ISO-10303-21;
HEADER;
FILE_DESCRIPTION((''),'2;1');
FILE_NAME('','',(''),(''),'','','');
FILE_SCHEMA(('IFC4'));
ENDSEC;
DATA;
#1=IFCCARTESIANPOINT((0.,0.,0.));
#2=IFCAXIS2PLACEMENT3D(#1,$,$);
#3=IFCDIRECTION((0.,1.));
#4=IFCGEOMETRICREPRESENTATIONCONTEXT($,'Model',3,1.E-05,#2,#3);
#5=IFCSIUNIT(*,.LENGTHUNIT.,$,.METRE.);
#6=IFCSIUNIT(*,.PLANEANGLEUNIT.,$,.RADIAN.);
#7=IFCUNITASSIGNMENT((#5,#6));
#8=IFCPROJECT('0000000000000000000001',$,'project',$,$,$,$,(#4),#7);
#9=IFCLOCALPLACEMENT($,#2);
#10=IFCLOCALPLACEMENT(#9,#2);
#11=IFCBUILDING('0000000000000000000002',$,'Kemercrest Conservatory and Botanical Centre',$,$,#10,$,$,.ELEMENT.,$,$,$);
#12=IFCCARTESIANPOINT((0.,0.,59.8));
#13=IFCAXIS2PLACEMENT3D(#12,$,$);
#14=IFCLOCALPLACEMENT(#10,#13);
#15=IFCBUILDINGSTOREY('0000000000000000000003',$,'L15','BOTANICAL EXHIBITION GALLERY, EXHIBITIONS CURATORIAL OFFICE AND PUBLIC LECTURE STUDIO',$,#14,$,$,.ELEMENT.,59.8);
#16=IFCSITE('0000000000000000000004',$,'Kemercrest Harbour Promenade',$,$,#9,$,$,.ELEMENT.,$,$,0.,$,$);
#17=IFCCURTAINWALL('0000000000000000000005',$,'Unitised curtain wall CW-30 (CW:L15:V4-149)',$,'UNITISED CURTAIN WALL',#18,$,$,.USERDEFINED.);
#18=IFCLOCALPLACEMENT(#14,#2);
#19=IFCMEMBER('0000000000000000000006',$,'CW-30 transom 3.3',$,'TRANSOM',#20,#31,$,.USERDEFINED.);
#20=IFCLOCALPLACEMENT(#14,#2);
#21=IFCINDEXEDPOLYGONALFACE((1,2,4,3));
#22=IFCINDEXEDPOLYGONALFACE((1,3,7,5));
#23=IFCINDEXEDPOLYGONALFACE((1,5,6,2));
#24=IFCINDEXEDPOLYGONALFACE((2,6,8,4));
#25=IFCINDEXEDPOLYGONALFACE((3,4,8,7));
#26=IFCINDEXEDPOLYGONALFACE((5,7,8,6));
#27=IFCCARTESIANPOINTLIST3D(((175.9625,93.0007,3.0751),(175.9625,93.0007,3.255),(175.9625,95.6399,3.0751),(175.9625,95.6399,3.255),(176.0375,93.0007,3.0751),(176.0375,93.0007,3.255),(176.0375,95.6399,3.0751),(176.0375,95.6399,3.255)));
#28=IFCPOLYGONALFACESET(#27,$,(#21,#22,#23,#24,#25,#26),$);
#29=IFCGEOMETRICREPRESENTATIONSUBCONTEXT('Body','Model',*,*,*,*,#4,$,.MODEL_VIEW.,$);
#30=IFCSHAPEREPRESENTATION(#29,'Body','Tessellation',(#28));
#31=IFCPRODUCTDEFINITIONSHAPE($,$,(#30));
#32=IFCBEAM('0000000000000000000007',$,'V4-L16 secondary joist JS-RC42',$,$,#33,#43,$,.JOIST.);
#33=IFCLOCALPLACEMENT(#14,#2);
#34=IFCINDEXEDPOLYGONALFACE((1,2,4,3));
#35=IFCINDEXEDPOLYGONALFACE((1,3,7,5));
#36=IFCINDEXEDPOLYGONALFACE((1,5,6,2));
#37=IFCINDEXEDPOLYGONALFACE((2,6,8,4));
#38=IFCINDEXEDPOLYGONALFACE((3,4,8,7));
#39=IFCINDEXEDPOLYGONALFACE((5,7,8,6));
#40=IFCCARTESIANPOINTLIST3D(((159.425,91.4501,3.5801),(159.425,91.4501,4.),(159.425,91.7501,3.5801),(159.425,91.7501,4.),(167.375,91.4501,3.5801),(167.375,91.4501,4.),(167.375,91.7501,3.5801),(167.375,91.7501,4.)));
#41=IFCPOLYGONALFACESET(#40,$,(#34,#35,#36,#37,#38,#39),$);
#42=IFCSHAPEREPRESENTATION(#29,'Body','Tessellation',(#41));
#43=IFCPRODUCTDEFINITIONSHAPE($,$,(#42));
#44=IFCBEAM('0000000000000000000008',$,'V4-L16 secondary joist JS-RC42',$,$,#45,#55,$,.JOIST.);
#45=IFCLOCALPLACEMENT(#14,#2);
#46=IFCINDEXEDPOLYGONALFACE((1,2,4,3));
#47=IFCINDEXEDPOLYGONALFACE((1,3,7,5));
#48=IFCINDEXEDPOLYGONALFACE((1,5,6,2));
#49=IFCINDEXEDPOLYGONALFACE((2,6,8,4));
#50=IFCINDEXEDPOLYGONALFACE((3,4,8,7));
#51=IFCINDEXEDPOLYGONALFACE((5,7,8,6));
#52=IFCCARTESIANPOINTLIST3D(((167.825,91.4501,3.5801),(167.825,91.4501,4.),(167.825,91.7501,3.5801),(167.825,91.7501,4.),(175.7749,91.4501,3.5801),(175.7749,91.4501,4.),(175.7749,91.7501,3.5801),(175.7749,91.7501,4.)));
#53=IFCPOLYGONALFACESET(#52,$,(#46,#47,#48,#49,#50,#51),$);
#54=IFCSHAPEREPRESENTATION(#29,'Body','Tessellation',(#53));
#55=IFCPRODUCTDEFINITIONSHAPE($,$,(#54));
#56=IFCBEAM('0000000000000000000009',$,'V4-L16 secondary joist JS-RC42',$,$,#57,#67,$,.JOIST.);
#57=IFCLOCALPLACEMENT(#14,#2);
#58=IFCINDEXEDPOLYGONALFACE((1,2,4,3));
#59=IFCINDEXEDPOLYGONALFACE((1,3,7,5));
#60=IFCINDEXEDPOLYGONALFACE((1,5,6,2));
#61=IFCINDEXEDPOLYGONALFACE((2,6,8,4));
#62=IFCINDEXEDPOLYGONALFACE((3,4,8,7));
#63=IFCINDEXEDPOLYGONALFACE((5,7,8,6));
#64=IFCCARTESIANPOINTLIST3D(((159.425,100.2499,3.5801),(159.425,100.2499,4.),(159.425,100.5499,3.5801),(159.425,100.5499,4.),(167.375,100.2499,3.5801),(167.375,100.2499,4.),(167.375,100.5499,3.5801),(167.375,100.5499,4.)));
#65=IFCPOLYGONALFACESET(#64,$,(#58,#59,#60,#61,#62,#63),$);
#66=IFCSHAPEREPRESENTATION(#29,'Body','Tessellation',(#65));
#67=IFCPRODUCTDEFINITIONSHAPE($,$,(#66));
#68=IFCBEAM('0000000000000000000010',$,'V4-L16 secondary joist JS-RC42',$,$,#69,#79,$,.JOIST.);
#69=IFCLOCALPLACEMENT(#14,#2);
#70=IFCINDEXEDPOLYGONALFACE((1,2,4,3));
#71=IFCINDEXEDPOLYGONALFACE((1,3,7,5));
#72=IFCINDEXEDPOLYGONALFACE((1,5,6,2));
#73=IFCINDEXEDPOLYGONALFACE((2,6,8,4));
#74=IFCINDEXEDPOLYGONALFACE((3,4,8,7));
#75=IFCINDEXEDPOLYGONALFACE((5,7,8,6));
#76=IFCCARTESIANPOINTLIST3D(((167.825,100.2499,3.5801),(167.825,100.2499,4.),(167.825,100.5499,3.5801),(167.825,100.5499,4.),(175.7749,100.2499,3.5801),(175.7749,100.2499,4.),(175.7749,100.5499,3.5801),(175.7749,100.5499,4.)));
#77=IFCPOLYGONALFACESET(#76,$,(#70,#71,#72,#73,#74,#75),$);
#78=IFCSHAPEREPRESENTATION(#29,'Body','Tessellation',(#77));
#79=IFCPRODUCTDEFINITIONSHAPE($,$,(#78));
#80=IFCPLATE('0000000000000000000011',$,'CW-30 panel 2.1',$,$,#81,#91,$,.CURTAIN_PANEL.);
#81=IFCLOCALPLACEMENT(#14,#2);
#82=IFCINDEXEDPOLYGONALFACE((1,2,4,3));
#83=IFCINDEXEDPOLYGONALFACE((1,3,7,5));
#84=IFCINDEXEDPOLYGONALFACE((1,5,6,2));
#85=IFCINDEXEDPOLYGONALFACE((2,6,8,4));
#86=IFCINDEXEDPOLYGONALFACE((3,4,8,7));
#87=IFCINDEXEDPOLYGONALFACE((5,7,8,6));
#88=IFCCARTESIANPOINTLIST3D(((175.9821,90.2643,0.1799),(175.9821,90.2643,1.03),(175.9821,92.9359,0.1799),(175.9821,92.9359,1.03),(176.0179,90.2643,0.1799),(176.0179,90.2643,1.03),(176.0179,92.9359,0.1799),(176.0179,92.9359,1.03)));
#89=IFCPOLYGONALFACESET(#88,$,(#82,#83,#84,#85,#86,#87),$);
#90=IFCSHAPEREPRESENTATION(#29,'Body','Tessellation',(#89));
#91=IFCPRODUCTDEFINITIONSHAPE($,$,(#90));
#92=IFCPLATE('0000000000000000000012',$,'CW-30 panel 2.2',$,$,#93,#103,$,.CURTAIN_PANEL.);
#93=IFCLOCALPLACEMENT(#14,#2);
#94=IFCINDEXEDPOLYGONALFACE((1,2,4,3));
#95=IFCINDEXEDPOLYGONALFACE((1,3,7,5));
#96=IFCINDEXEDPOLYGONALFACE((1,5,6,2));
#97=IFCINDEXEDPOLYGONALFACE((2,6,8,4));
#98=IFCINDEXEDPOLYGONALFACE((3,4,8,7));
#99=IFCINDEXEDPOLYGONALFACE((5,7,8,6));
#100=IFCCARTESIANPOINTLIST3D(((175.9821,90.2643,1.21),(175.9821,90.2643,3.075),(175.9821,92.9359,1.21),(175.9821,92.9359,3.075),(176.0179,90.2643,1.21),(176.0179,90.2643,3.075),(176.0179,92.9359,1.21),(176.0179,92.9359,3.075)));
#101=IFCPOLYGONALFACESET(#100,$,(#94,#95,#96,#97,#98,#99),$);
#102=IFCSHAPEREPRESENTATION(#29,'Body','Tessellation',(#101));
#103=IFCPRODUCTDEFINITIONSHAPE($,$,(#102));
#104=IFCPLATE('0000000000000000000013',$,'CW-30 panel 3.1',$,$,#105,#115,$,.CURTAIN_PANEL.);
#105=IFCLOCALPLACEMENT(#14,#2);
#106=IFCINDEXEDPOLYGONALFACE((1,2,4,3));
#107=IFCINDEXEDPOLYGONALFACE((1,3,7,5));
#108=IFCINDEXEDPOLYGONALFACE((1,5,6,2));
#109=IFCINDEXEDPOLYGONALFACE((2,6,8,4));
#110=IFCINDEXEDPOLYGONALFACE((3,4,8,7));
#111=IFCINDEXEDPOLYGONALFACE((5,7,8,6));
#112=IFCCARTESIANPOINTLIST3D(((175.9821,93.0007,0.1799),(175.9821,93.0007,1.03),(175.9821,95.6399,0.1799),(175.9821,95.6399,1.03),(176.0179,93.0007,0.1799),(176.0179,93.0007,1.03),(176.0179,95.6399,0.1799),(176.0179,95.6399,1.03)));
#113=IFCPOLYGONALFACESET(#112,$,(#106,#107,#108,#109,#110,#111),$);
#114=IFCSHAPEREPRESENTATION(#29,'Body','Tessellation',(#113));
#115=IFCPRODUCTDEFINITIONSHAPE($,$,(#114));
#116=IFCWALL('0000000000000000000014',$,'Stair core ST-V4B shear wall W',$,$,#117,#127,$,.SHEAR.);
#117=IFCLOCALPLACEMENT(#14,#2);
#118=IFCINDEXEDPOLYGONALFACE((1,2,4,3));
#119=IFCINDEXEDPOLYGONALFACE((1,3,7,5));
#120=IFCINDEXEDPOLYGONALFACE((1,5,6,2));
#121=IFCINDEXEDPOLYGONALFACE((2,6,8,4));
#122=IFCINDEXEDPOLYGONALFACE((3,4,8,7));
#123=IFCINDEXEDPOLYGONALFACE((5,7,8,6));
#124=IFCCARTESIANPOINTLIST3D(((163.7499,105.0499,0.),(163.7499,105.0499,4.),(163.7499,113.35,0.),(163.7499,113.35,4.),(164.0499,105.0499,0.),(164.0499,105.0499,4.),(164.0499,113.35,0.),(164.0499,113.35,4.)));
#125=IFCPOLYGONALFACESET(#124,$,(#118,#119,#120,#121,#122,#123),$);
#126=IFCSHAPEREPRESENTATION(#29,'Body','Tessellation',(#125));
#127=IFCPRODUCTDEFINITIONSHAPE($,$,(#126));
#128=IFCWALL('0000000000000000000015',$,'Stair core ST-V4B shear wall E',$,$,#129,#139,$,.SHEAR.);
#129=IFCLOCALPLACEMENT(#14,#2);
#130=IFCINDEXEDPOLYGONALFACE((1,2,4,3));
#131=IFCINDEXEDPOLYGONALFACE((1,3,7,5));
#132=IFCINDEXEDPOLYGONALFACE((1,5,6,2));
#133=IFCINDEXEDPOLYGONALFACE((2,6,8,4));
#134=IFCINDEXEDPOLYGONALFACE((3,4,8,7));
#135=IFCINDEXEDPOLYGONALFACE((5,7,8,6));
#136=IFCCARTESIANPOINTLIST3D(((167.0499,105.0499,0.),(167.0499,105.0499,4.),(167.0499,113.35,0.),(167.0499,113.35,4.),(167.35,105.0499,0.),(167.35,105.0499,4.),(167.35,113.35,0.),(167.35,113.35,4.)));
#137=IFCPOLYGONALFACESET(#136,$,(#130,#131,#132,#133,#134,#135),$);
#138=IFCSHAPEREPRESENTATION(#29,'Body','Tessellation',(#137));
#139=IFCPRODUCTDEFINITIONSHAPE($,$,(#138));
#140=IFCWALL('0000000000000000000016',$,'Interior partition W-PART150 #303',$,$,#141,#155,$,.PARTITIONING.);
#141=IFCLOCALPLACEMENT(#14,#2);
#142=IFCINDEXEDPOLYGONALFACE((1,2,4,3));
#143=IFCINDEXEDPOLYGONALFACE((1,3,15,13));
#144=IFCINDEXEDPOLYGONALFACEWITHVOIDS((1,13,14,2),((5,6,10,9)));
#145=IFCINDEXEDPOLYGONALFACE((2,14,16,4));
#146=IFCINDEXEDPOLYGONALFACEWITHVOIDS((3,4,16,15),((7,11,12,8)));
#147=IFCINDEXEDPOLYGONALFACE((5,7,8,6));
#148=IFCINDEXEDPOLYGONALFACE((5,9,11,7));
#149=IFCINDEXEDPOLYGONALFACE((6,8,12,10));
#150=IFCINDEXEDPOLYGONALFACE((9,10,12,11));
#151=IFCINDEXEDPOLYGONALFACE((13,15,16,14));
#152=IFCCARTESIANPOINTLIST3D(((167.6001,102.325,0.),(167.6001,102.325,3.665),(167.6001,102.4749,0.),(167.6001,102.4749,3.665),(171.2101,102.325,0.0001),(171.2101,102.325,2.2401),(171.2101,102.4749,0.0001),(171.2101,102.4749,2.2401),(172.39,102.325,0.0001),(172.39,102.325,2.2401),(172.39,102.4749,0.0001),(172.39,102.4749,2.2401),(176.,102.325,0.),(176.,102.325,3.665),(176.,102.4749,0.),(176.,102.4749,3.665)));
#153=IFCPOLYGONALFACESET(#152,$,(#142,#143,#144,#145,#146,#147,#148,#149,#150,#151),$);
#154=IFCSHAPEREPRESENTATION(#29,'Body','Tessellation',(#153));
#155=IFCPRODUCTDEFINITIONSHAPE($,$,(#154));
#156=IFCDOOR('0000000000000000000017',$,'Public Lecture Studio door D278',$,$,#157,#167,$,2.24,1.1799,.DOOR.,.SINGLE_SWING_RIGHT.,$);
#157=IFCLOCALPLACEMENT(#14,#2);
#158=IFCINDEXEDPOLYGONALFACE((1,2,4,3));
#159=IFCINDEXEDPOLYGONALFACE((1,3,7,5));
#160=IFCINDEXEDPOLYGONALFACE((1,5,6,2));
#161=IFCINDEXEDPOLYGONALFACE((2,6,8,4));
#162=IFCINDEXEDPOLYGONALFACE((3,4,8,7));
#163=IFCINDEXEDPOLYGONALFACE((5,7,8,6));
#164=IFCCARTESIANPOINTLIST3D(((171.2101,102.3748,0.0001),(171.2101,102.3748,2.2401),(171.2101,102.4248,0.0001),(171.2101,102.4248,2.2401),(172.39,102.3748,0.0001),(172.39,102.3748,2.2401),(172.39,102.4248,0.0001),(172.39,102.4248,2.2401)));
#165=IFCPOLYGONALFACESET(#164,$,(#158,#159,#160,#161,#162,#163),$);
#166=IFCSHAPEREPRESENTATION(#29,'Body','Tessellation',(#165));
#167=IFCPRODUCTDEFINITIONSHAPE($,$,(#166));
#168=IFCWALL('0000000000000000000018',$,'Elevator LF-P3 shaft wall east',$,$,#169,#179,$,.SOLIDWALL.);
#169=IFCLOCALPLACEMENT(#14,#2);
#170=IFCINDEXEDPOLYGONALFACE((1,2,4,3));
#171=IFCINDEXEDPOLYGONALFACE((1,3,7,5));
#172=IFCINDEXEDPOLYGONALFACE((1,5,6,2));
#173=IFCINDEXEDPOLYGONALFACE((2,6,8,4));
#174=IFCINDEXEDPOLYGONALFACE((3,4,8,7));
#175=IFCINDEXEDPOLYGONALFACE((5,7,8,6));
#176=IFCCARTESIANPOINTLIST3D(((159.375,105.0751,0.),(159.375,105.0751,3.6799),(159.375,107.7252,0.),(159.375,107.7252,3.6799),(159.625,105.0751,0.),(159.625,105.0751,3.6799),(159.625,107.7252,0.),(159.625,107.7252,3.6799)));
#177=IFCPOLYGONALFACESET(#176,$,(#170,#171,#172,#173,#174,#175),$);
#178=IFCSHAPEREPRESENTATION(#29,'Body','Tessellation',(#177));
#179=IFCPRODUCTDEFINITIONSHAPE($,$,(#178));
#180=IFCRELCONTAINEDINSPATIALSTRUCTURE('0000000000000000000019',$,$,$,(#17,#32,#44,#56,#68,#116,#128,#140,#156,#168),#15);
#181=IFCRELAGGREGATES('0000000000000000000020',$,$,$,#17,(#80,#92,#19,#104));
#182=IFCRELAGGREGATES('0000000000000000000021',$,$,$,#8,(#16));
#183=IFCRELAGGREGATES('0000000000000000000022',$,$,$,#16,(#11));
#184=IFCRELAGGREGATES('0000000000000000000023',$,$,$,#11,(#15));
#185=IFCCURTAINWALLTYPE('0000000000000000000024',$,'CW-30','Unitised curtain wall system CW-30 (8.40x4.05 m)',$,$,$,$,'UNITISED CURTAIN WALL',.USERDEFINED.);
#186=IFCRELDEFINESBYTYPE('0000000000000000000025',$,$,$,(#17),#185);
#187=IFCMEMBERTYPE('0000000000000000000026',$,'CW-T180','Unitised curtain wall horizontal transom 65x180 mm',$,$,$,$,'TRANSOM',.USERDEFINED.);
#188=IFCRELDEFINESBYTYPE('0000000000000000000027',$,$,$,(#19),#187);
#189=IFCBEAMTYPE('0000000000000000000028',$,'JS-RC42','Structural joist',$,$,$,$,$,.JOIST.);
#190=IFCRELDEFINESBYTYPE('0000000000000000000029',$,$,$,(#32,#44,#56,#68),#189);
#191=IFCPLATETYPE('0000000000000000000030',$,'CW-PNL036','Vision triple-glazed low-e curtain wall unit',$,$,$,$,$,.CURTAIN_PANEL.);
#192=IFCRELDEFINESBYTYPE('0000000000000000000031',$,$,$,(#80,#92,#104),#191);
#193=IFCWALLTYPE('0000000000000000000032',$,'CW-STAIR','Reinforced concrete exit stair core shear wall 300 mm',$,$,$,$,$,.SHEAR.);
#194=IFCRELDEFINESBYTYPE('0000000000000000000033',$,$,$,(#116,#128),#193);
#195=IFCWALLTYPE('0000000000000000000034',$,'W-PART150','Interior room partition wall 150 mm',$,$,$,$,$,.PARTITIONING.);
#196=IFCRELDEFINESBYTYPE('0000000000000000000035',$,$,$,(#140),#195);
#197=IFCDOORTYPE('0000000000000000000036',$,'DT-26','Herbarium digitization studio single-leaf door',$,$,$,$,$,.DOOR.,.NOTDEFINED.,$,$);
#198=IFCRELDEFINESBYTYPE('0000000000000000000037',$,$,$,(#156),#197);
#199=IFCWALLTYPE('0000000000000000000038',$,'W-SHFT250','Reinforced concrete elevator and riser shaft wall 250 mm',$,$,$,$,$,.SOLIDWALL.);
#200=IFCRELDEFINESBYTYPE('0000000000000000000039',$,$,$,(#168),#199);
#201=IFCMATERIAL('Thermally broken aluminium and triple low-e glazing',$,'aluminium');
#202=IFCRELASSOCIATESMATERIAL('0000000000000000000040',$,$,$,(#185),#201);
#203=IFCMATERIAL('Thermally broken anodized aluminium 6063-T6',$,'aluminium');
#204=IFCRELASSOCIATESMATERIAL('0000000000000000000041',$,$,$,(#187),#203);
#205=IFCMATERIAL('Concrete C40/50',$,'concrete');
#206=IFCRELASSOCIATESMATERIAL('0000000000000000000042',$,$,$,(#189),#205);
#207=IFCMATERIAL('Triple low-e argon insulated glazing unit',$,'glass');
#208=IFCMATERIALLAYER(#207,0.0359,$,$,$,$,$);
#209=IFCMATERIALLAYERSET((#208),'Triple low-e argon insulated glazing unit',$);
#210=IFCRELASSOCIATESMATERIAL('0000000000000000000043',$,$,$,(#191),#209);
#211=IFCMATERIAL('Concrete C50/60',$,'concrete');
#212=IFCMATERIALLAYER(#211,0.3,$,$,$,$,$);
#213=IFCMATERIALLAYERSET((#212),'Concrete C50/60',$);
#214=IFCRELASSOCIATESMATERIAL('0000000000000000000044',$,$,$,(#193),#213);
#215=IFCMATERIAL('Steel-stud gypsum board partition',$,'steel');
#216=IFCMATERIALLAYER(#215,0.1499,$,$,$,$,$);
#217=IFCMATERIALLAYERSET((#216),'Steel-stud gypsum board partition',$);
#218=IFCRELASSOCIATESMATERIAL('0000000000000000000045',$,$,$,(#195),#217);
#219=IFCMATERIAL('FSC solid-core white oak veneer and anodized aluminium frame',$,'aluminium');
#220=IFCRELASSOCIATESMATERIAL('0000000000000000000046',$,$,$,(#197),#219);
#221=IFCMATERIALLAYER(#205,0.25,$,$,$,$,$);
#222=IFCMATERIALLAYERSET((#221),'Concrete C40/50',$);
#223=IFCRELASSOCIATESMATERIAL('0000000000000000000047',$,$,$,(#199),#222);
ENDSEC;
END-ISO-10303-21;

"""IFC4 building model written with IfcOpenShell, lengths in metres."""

from ifc_helpers import new_model, si_unit, direction, frame, frame_2d, origin, origin_2d, place, context, subcontext, project, spatial, rectangle, extrude, material, layer, layer_set, material_profile, profile_set, type_object, element, fill, aggregate, save


model = new_model("IFC4")

# Units and contexts
model_context = context("Model", 3, precision=1e-05, world=origin(), true_north=direction((0.0, 1.0)))
body_context = subcontext(model_context, "Body", "Model", "MODEL_VIEW")
ifc_project = project(units=[si_unit("LENGTHUNIT", "METRE"), si_unit("PLANEANGLEUNIT", "RADIAN")], contexts=[model_context])

# Site, building, storey
site_placement = place(None, origin())
site = spatial("IfcSite", under=ifc_project, at=site_placement, Name="Kemercrest Harbour Promenade", CompositionType="ELEMENT", RefElevation=0.0)
building_placement = place(site_placement, origin())
building = spatial("IfcBuilding", under=site, at=building_placement, Name="Kemercrest Conservatory and Botanical Centre", CompositionType="ELEMENT")
storey_placement = place(building_placement, frame((0.0, 0.0, 59.8)))
storey = spatial("IfcBuildingStorey", under=building, at=storey_placement, Name="L15", Description="BOTANICAL EXHIBITION GALLERY, EXHIBITIONS CURATORIAL OFFICE AND PUBLIC LECTURE STUDIO", CompositionType="ELEMENT", Elevation=59.8)

# Shared definitions
ifc_material_1 = material(Name="Concrete C40/50", Category="concrete")

# Curtain wall, member
ifc_material_2 = material(Name="Thermally broken aluminium and triple low-e glazing", Category="aluminium")
curtain_wall_type = type_object("IfcCurtainWallType", Name="CW-30", Description="Unitised curtain wall system CW-30 (8.40x4.05 m)", ElementType="UNITISED CURTAIN WALL", PredefinedType="USERDEFINED", material=ifc_material_2)
curtain_wall_placement = place(storey_placement, origin())
curtain_wall = element("IfcCurtainWall", 1, at=curtain_wall_placement, inside=storey, type_object=curtain_wall_type, Name="Unitised curtain wall CW-30 (CW:L15:V4-149)", ObjectType="UNITISED CURTAIN WALL", PredefinedType="USERDEFINED")
ifc_material_3 = material(Name="Thermally broken anodized aluminium 6063-T6", Category="aluminium")
ifc_material_profile_1 = material_profile(ifc_material_3, rectangle(XDim=0.075, YDim=0.1799, at=origin_2d()), Name="AL TRANSOM 75x180")
ifc_profile_set_1 = profile_set([ifc_material_profile_1], Name="Thermally broken anodized aluminium 6063-T6")
member_type_1 = type_object("IfcMemberType", Name="CW-T180", Description="Unitised curtain wall horizontal transom 65x180 mm", ElementType="TRANSOM", PredefinedType="USERDEFINED", material=ifc_profile_set_1)
member_1_placement = place(storey_placement, frame((176.0, 93.0007, 3.165), z_axis=(0.0, 1.0, 0.0), x_axis=(-1.0, 0.0, 0.0)))
member_1 = element("IfcMember", 2, at=member_1_placement, type_object=member_type_1, Name="CW-30 transom 3.3", ObjectType="TRANSOM", PredefinedType="USERDEFINED", context=body_context, shape_type="SweptSolid", body=[
    extrude(rectangle(XDim=0.075, YDim=0.1799, at=origin_2d()), origin(), (0.0, 0.0, 1.0), 2.6392),
])

# Beams
ifc_material_profile_2 = material_profile(ifc_material_1, rectangle(XDim=0.3, YDim=0.4199, at=origin_2d()), Name="RC 300x420")
ifc_profile_set_2 = profile_set([ifc_material_profile_2], Name="Concrete C40/50")
beam_type_1 = type_object("IfcBeamType", Name="JS-RC42", Description="Structural joist", PredefinedType="JOIST", material=ifc_profile_set_2)
for number, where, z_axis, x_axis, name in (
    (3, (159.425, 91.6001, 3.79), (1.0, 0.0, 0.0), (0.0, 1.0, 0.0), "V4-L16 secondary joist JS-RC42"),
    (4, (167.825, 91.6001, 3.79), (1.0, 0.0, 0.0), (0.0, 1.0, 0.0), "V4-L16 secondary joist JS-RC42"),
    (5, (159.425, 100.3999, 3.79), (1.0, 0.0, 0.0), (0.0, 1.0, 0.0), "V4-L16 secondary joist JS-RC42"),
    (6, (167.825, 100.3999, 3.79), (1.0, 0.0, 0.0), (0.0, 1.0, 0.0), "V4-L16 secondary joist JS-RC42"),
):
    element("IfcBeam", number, at=place(storey_placement, frame(where, z_axis=z_axis, x_axis=x_axis)), inside=storey, type_object=beam_type_1, Name=name, PredefinedType="JOIST", context=body_context, shape_type="SweptSolid", body=[
        extrude(rectangle(XDim=0.3, YDim=0.4199, at=origin_2d()), origin(), (0.0, 0.0, 1.0), 7.95),
    ])

# Plates
ifc_material_4 = material(Name="Triple low-e argon insulated glazing unit", Category="glass")
ifc_layer_1 = layer(ifc_material_4, 0.0359)
ifc_layer_set_1 = layer_set([ifc_layer_1], Name="Triple low-e argon insulated glazing unit")
plate_type = type_object("IfcPlateType", Name="CW-PNL036", Description="Vision triple-glazed low-e curtain wall unit", PredefinedType="CURTAIN_PANEL", material=ifc_layer_set_1)
plate_1_placement = place(storey_placement, frame((176.0, 91.6001, 0.1799), z_axis=(0.0, 0.0, 1.0), x_axis=(0.0, 1.0, 0.0)))
plate_1 = element("IfcPlate", 7, at=plate_1_placement, type_object=plate_type, Name="CW-30 panel 2.1", PredefinedType="CURTAIN_PANEL", context=body_context, shape_type="SweptSolid", body=[
    extrude(rectangle(XDim=2.6716, YDim=0.0359, at=origin_2d()), origin(), (0.0, 0.0, 1.0), 0.8501),
])
plate_2_placement = place(storey_placement, frame((176.0, 91.6001, 1.21), z_axis=(0.0, 0.0, 1.0), x_axis=(0.0, 1.0, 0.0)))
plate_2 = element("IfcPlate", 8, at=plate_2_placement, type_object=plate_type, Name="CW-30 panel 2.2", PredefinedType="CURTAIN_PANEL", context=body_context, shape_type="SweptSolid", body=[
    extrude(rectangle(XDim=2.6716, YDim=0.0359, at=origin_2d()), origin(), (0.0, 0.0, 1.0), 1.865),
])
plate_3_placement = place(storey_placement, frame((176.0, 94.3203, 0.1799), z_axis=(0.0, 0.0, 1.0), x_axis=(0.0, 1.0, 0.0)))
plate_3 = element("IfcPlate", 9, at=plate_3_placement, type_object=plate_type, Name="CW-30 panel 3.1", PredefinedType="CURTAIN_PANEL", context=body_context, shape_type="SweptSolid", body=[
    extrude(rectangle(XDim=2.6392, YDim=0.0359, at=origin_2d()), origin(), (0.0, 0.0, 1.0), 0.8501),
])
aggregate(curtain_wall, [plate_1, plate_2, member_1, plate_3])

# Walls
ifc_material_5 = material(Name="Concrete C50/60", Category="concrete")
ifc_layer_2 = layer(ifc_material_5, 0.3)
ifc_layer_set_2 = layer_set([ifc_layer_2], Name="Concrete C50/60")
wall_type_1 = type_object("IfcWallType", Name="CW-STAIR", Description="Reinforced concrete exit stair core shear wall 300 mm", PredefinedType="SHEAR", material=ifc_layer_set_2)
for number, where, z_axis, x_axis, name in (
    (10, (163.8999, 105.05, 0.0), (0.0, 0.0, 1.0), (0.0, 1.0, 0.0), "Stair core ST-V4B shear wall W"),
    (11, (167.2, 105.05, 0.0), (0.0, 0.0, 1.0), (0.0, 1.0, 0.0), "Stair core ST-V4B shear wall E"),
):
    element("IfcWall", number, at=place(storey_placement, frame(where, z_axis=z_axis, x_axis=x_axis)), inside=storey, type_object=wall_type_1, Name=name, PredefinedType="SHEAR", context=body_context, shape_type="SweptSolid", body=[
        extrude(rectangle(XDim=8.3, YDim=0.3, at=frame_2d((4.1499, 0.0))), origin(), (0.0, 0.0, 1.0), 4.0),
    ])

# Wall, opening, door
ifc_material_6 = material(Name="Steel-stud gypsum board partition", Category="steel")
ifc_layer_3 = layer(ifc_material_6, 0.1499)
ifc_layer_set_3 = layer_set([ifc_layer_3], Name="Steel-stud gypsum board partition")
wall_type_2 = type_object("IfcWallType", Name="W-PART150", Description="Interior room partition wall 150 mm", PredefinedType="PARTITIONING", material=ifc_layer_set_3)
wall_1_placement = place(storey_placement, frame((167.6001, 102.3999, 0.0), z_axis=(0.0, 0.0, 1.0), x_axis=(1.0, 0.0, 0.0)))
wall_1 = element("IfcWall", 12, at=wall_1_placement, inside=storey, type_object=wall_type_2, Name="Interior partition W-PART150 #303", PredefinedType="PARTITIONING", context=body_context, shape_type="SweptSolid", body=[
    extrude(rectangle(XDim=8.3999, YDim=0.1499, at=frame_2d((4.2, 0.0))), origin(), (0.0, 0.0, 1.0), 3.665),
])
opening_1_placement = place(wall_1_placement, frame((3.6101, 0.0, 0.0)))
opening_1 = element("IfcOpeningElement", 13, at=opening_1_placement, cuts=wall_1, PredefinedType="OPENING", context=body_context, shape_type="SweptSolid", body=[
    extrude(rectangle(XDim=1.1799, YDim=2.24, at=frame_2d((0.5898, 1.1201))), frame((0.0, 0.085, 0.0), z_axis=(0.0, -1.0, 0.0), x_axis=(1.0, 0.0, 0.0)), (0.0, 0.0, 1.0), 0.1699),
])
ifc_material_7 = material(Name="FSC solid-core white oak veneer and anodized aluminium frame", Category="aluminium")
door_type_1 = type_object("IfcDoorType", Name="DT-26", Description="Herbarium digitization studio single-leaf door", OperationType="NOTDEFINED", PredefinedType="DOOR", material=ifc_material_7)
door_1_placement = place(opening_1_placement, origin())
door_1 = element("IfcDoor", 14, at=door_1_placement, inside=storey, type_object=door_type_1, Name="Public Lecture Studio door D278", OperationType="SINGLE_SWING_RIGHT", OverallHeight=2.24, OverallWidth=1.1799, PredefinedType="DOOR", context=body_context, shape_type="SweptSolid", body=[
    extrude(rectangle(XDim=1.1799, YDim=2.24, at=frame_2d((0.5898, 1.1201))), frame((0.0, 0.0249, 0.0), z_axis=(0.0, -1.0, 0.0), x_axis=(1.0, 0.0, 0.0)), (0.0, 0.0, 1.0), 0.05),
])
fill(opening_1, door_1)

# Wall
ifc_layer_4 = layer(ifc_material_1, 0.25)
ifc_layer_set_4 = layer_set([ifc_layer_4], Name="Concrete C40/50")
wall_type_3 = type_object("IfcWallType", Name="W-SHFT250", Description="Reinforced concrete elevator and riser shaft wall 250 mm", PredefinedType="SOLIDWALL", material=ifc_layer_set_4)
wall_2_placement = place(storey_placement, frame((159.5, 105.075, 0.0), z_axis=(0.0, 0.0, 1.0), x_axis=(0.0, 1.0, 0.0)))
element("IfcWall", 15, at=wall_2_placement, inside=storey, type_object=wall_type_3, Name="Elevator LF-P3 shaft wall east", PredefinedType="SOLIDWALL", context=body_context, shape_type="SweptSolid", body=[
    extrude(rectangle(XDim=2.6501, YDim=0.25, at=frame_2d((1.3252, 0.0))), origin(), (0.0, 0.0, 1.0), 3.6799),
])

save(model, "model.ifc")
